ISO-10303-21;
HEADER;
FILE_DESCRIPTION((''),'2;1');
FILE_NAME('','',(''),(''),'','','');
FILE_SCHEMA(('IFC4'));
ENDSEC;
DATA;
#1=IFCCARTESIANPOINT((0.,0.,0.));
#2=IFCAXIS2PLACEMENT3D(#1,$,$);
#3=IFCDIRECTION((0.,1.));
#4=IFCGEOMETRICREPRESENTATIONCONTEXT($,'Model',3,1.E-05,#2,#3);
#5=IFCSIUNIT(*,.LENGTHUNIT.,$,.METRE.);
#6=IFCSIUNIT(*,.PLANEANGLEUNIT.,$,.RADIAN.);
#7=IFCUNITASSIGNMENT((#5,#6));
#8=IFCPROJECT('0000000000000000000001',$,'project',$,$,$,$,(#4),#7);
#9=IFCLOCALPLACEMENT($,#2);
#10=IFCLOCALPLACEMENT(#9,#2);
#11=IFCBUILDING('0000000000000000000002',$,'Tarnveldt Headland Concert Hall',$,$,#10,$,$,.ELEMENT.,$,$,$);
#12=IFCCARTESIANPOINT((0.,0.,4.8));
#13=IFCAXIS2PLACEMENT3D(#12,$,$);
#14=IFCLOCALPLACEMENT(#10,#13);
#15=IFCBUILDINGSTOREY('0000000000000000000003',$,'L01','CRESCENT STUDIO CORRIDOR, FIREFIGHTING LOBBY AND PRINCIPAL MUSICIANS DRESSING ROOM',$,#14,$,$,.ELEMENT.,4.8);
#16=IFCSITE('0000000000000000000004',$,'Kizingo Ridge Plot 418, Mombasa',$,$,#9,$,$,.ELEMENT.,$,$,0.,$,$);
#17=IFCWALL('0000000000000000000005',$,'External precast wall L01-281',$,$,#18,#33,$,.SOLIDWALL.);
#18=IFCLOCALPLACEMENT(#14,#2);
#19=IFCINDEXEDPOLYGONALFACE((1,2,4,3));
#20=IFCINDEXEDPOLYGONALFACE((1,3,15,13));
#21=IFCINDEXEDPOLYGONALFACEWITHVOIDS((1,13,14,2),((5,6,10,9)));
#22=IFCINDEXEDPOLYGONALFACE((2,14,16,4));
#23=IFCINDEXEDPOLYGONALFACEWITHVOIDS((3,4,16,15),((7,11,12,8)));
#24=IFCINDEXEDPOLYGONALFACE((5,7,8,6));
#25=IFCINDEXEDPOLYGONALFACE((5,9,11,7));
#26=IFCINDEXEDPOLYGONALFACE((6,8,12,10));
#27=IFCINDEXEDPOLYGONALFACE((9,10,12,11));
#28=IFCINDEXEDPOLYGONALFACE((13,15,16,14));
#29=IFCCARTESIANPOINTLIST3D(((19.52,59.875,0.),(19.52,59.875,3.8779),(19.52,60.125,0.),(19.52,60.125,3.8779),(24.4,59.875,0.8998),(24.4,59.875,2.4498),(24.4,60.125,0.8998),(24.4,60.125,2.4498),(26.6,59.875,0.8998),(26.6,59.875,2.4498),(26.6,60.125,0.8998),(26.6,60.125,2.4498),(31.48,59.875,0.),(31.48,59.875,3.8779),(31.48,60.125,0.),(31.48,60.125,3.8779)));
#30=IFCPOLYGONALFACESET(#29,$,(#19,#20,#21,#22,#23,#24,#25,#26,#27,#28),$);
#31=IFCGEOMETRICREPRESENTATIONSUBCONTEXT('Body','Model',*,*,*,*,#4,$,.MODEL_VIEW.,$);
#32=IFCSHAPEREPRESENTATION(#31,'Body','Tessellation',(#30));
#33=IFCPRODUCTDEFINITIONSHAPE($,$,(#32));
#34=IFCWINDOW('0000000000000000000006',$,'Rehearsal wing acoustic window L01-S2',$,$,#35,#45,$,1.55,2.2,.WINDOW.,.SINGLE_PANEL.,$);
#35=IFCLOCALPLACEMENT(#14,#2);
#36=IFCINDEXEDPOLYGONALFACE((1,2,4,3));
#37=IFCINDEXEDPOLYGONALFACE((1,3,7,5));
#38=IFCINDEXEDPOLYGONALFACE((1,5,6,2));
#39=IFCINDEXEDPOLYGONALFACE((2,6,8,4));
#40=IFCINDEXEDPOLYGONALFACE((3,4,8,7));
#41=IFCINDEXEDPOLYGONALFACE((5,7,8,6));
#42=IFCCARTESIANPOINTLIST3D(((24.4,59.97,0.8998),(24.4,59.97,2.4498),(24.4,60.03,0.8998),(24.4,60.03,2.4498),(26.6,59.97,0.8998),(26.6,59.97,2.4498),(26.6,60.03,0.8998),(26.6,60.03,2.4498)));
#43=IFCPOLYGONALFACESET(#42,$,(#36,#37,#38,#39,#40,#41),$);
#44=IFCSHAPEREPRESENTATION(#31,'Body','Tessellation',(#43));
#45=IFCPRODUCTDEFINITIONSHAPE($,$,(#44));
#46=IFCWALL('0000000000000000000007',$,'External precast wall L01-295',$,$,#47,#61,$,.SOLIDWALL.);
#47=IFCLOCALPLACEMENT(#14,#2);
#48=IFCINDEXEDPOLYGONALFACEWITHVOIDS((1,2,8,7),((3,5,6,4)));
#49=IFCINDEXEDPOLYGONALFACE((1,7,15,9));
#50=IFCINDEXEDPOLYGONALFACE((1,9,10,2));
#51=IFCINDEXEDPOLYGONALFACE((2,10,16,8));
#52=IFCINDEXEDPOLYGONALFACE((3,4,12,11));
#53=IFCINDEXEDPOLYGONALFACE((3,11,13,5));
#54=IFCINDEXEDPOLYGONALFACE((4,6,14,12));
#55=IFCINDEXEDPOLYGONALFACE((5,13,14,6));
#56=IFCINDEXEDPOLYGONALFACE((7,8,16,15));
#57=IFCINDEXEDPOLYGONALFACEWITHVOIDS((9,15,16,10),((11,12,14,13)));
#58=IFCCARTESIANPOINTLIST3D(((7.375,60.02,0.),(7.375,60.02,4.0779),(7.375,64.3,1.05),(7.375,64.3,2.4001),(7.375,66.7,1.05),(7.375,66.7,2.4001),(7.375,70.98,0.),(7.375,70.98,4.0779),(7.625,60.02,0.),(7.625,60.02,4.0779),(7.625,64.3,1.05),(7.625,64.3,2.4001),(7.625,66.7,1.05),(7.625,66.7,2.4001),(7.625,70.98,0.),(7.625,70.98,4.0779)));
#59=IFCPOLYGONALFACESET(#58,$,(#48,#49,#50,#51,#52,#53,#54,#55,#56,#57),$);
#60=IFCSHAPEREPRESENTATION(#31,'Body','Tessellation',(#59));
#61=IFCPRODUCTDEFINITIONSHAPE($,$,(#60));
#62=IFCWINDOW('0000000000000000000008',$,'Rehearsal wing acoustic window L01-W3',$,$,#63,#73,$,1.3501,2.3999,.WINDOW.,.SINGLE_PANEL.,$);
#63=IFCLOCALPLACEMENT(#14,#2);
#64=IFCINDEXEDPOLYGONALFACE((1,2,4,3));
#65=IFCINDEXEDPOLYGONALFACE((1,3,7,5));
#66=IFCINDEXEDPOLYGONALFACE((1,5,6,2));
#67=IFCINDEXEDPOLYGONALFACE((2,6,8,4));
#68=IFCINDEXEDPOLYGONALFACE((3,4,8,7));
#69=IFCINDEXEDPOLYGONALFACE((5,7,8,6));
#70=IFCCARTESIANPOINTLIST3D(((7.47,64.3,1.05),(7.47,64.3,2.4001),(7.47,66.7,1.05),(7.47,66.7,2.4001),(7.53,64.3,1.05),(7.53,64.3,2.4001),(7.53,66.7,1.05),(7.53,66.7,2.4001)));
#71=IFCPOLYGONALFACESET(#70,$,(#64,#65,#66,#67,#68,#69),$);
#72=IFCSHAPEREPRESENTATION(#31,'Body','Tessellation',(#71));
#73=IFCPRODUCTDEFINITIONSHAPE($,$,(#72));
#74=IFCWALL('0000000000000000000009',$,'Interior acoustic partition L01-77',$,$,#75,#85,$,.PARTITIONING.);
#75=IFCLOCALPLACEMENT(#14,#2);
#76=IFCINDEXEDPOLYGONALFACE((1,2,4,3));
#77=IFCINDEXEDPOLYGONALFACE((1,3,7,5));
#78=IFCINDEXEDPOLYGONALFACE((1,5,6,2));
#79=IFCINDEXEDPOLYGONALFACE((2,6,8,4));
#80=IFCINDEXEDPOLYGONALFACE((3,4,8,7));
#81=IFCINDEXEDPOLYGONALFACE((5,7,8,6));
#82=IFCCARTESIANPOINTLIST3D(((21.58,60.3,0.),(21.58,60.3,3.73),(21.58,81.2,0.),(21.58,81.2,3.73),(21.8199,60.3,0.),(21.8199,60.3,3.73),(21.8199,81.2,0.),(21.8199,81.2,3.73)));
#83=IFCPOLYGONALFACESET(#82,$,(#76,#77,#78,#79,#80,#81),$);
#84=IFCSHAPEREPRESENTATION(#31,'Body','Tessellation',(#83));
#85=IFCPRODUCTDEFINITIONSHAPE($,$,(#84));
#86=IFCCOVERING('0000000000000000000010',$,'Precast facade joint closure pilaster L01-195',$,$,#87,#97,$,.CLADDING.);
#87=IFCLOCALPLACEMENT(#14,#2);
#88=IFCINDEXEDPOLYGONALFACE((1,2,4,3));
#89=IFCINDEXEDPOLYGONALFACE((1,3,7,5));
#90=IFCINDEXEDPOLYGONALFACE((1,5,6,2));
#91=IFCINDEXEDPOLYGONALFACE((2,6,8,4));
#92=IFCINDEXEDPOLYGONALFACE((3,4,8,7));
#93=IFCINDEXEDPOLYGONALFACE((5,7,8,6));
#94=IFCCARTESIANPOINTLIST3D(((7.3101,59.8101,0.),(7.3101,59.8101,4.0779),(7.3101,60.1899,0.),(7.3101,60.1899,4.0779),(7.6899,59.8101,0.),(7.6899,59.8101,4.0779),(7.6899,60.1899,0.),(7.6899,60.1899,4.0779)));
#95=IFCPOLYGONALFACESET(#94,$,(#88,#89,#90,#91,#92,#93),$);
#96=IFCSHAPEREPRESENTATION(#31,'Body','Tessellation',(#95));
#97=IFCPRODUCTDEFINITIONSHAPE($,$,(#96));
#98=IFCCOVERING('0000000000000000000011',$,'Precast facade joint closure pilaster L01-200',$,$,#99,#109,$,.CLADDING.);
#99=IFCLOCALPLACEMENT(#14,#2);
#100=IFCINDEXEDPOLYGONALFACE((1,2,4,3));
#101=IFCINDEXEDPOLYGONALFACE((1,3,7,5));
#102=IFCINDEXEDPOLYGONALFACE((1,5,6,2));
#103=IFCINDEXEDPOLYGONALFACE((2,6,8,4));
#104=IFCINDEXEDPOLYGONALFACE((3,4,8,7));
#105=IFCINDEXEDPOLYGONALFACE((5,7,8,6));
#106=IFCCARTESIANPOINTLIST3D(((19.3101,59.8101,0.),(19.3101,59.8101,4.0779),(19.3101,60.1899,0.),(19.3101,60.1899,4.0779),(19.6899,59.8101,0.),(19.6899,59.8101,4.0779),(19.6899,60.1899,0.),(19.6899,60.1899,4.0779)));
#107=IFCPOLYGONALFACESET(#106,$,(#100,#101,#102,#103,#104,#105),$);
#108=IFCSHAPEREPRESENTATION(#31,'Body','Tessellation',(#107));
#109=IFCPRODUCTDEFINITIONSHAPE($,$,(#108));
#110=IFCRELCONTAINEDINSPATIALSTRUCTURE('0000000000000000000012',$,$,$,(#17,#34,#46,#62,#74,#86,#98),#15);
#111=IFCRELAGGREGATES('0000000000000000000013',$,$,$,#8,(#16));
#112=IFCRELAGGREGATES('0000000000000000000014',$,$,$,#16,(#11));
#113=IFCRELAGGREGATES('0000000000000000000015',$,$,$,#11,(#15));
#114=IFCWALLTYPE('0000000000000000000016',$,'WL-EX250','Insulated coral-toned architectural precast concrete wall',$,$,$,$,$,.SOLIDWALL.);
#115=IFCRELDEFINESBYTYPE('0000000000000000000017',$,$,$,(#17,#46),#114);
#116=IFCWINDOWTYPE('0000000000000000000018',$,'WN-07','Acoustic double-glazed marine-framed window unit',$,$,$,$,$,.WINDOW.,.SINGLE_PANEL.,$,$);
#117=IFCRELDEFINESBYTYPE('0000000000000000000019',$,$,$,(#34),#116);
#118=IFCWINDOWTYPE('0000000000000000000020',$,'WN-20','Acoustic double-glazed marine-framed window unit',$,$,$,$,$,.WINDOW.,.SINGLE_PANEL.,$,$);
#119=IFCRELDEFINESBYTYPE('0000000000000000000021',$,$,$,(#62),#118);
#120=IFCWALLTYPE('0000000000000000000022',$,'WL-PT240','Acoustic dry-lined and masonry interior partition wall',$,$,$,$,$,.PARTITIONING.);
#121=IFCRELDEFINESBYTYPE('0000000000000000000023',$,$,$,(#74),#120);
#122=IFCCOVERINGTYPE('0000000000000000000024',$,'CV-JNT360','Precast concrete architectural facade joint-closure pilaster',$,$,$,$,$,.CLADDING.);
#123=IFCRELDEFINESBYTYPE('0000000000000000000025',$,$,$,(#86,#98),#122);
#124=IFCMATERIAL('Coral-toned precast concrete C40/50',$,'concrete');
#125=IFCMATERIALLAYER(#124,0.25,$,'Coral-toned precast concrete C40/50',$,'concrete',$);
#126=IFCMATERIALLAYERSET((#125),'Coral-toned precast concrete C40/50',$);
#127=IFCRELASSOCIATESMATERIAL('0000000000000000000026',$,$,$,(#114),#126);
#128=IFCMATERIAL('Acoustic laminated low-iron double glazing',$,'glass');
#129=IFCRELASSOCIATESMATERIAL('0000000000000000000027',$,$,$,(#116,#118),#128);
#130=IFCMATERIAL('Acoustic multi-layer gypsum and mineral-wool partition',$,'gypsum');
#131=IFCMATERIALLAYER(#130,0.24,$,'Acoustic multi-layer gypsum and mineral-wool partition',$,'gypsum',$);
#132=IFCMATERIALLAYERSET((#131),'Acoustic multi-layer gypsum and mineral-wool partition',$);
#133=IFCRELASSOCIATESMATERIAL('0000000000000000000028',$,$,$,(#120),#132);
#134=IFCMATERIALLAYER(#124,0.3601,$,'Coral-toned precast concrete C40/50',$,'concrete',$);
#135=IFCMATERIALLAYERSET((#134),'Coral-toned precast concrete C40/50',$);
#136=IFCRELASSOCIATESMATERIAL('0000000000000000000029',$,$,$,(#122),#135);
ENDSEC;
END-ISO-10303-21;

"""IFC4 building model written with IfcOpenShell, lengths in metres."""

from ifc_helpers import new_model, si_unit, direction, frame, frame_2d, origin, origin_2d, place, context, subcontext, project, spatial, rectangle, extrude, material, layer, layer_set, type_object, element, fill, save


model = new_model("IFC4")

# Units and contexts
model_context = context("Model", 3, precision=1e-05, world=origin(), true_north=direction((0.0, 1.0)))
body_context = subcontext(model_context, "Body", "Model", "MODEL_VIEW")
ifc_project = project(units=[si_unit("LENGTHUNIT", "METRE"), si_unit("PLANEANGLEUNIT", "RADIAN")], contexts=[model_context])

# Site, building, storey
site_placement = place(None, origin())
site = spatial("IfcSite", under=ifc_project, at=site_placement, Name="Kizingo Ridge Plot 418, Mombasa", CompositionType="ELEMENT", RefElevation=0.0)
building_placement = place(site_placement, origin())
building = spatial("IfcBuilding", under=site, at=building_placement, Name="Tarnveldt Headland Concert Hall", CompositionType="ELEMENT")
storey_placement = place(building_placement, frame((0.0, 0.0, 4.8)))
storey = spatial("IfcBuildingStorey", under=building, at=storey_placement, Name="L01", Description="CRESCENT STUDIO CORRIDOR, FIREFIGHTING LOBBY AND PRINCIPAL MUSICIANS DRESSING ROOM", CompositionType="ELEMENT", Elevation=4.8)

# Walls, openings, windows
ifc_material_1 = material(Name="Coral-toned precast concrete C40/50", Category="concrete")
ifc_layer_1 = layer(ifc_material_1, 0.25, Name="Coral-toned precast concrete C40/50", Category="concrete")
ifc_layer_set_1 = layer_set([ifc_layer_1], Name="Coral-toned precast concrete C40/50")
wall_type_1 = type_object("IfcWallType", Name="WL-EX250", Description="Insulated coral-toned architectural precast concrete wall", PredefinedType="SOLIDWALL", material=ifc_layer_set_1)
ifc_material_2 = material(Name="Acoustic laminated low-iron double glazing", Category="glass")
wall_1_placement = place(storey_placement, frame((31.48, 60.0, 0.0), z_axis=(0.0, 0.0, 1.0), x_axis=(-1.0, 0.0, 0.0)))
wall_1 = element("IfcWall", 1, at=wall_1_placement, inside=storey, type_object=wall_type_1, Name="External precast wall L01-281", PredefinedType="SOLIDWALL", context=body_context, shape_type="SweptSolid", body=[
    extrude(rectangle(XDim=11.96, YDim=0.25, at=frame_2d((5.98, 0.0))), origin(), (0.0, 0.0, 1.0), 3.8779),
])
opening_1_placement = place(wall_1_placement, frame((4.8799, 0.0, 0.8999)))
opening_1 = element("IfcOpeningElement", 2, at=opening_1_placement, cuts=wall_1, PredefinedType="OPENING", context=body_context, shape_type="SweptSolid", body=[
    extrude(rectangle(XDim=2.2, YDim=1.55, at=frame_2d((1.1001, 0.7749))), frame((0.0, 0.135, 0.0), z_axis=(0.0, -1.0, 0.0), x_axis=(1.0, 0.0, 0.0)), (0.0, 0.0, 1.0), 0.27),
])
window_type_1 = type_object("IfcWindowType", Name="WN-07", Description="Acoustic double-glazed marine-framed window unit", PartitioningType="SINGLE_PANEL", PredefinedType="WINDOW", material=ifc_material_2)
window_1_placement = place(opening_1_placement, origin())
window_1 = element("IfcWindow", 3, at=window_1_placement, inside=storey, type_object=window_type_1, Name="Rehearsal wing acoustic window L01-S2", OverallHeight=1.55, OverallWidth=2.2, PartitioningType="SINGLE_PANEL", PredefinedType="WINDOW", context=body_context, shape_type="SweptSolid", body=[
    extrude(rectangle(XDim=2.2, YDim=1.55, at=frame_2d((1.1001, 0.7749))), frame((0.0, 0.03, 0.0), z_axis=(0.0, -1.0, 0.0), x_axis=(1.0, 0.0, 0.0)), (0.0, 0.0, 1.0), 0.0601),
])
fill(opening_1, window_1)
wall_2_placement = place(storey_placement, frame((7.5, 60.02, 0.0), z_axis=(0.0, 0.0, 1.0), x_axis=(0.0, 1.0, 0.0)))
wall_2 = element("IfcWall", 4, at=wall_2_placement, inside=storey, type_object=wall_type_1, Name="External precast wall L01-295", PredefinedType="SOLIDWALL", context=body_context, shape_type="SweptSolid", body=[
    extrude(rectangle(XDim=10.96, YDim=0.25, at=frame_2d((5.48, 0.0))), origin(), (0.0, 0.0, 1.0), 4.0779),
])
opening_2_placement = place(wall_2_placement, frame((4.28, 0.0, 1.05)))
opening_2 = element("IfcOpeningElement", 5, at=opening_2_placement, cuts=wall_2, PredefinedType="OPENING", context=body_context, shape_type="SweptSolid", body=[
    extrude(rectangle(XDim=2.3999, YDim=1.3501, at=frame_2d((1.2, 0.675))), frame((0.0, 0.135, 0.0), z_axis=(0.0, -1.0, 0.0), x_axis=(1.0, 0.0, 0.0)), (0.0, 0.0, 1.0), 0.27),
])
window_type_2 = type_object("IfcWindowType", Name="WN-20", Description="Acoustic double-glazed marine-framed window unit", PartitioningType="SINGLE_PANEL", PredefinedType="WINDOW", material=ifc_material_2)
window_2_placement = place(opening_2_placement, origin())
window_2 = element("IfcWindow", 6, at=window_2_placement, inside=storey, type_object=window_type_2, Name="Rehearsal wing acoustic window L01-W3", OverallHeight=1.3501, OverallWidth=2.3999, PartitioningType="SINGLE_PANEL", PredefinedType="WINDOW", context=body_context, shape_type="SweptSolid", body=[
    extrude(rectangle(XDim=2.3999, YDim=1.3501, at=frame_2d((1.2, 0.675))), frame((0.0, 0.03, 0.0), z_axis=(0.0, -1.0, 0.0), x_axis=(1.0, 0.0, 0.0)), (0.0, 0.0, 1.0), 0.0601),
])
fill(opening_2, window_2)

# Wall
ifc_material_3 = material(Name="Acoustic multi-layer gypsum and mineral-wool partition", Category="gypsum")
ifc_layer_2 = layer(ifc_material_3, 0.24, Name="Acoustic multi-layer gypsum and mineral-wool partition", Category="gypsum")
ifc_layer_set_2 = layer_set([ifc_layer_2], Name="Acoustic multi-layer gypsum and mineral-wool partition")
wall_type_2 = type_object("IfcWallType", Name="WL-PT240", Description="Acoustic dry-lined and masonry interior partition wall", PredefinedType="PARTITIONING", material=ifc_layer_set_2)
wall_3_placement = place(storey_placement, frame((21.7, 60.3, 0.0), z_axis=(0.0, 0.0, 1.0), x_axis=(0.0, 1.0, 0.0)))
element("IfcWall", 7, at=wall_3_placement, inside=storey, type_object=wall_type_2, Name="Interior acoustic partition L01-77", PredefinedType="PARTITIONING", context=body_context, shape_type="SweptSolid", body=[
    extrude(rectangle(XDim=20.8999, YDim=0.24, at=frame_2d((10.45, 0.0))), origin(), (0.0, 0.0, 1.0), 3.73),
])

# Coverings
ifc_layer_3 = layer(ifc_material_1, 0.3601, Name="Coral-toned precast concrete C40/50", Category="concrete")
ifc_layer_set_3 = layer_set([ifc_layer_3], Name="Coral-toned precast concrete C40/50")
covering_type = type_object("IfcCoveringType", Name="CV-JNT360", Description="Precast concrete architectural facade joint-closure pilaster", PredefinedType="CLADDING", material=ifc_layer_set_3)
for number, where, z_axis, x_axis, name in (
    (8, (7.5, 60.0, 0.0), (0.0, 0.0, 1.0), (-1.0, 0.0, 0.0), "Precast facade joint closure pilaster L01-195"),
    (9, (19.5, 60.0, 0.0), (0.0, 0.0, 1.0), (-1.0, 0.0, 0.0), "Precast facade joint closure pilaster L01-200"),
):
    element("IfcCovering", number, at=place(storey_placement, frame(where, z_axis=z_axis, x_axis=x_axis)), inside=storey, type_object=covering_type, Name=name, PredefinedType="CLADDING", context=body_context, shape_type="SweptSolid", body=[
        extrude(rectangle(XDim=0.3799, YDim=0.3799, at=origin_2d()), origin(), (0.0, 0.0, 1.0), 4.0779),
    ])

save(model, "model.ifc")
